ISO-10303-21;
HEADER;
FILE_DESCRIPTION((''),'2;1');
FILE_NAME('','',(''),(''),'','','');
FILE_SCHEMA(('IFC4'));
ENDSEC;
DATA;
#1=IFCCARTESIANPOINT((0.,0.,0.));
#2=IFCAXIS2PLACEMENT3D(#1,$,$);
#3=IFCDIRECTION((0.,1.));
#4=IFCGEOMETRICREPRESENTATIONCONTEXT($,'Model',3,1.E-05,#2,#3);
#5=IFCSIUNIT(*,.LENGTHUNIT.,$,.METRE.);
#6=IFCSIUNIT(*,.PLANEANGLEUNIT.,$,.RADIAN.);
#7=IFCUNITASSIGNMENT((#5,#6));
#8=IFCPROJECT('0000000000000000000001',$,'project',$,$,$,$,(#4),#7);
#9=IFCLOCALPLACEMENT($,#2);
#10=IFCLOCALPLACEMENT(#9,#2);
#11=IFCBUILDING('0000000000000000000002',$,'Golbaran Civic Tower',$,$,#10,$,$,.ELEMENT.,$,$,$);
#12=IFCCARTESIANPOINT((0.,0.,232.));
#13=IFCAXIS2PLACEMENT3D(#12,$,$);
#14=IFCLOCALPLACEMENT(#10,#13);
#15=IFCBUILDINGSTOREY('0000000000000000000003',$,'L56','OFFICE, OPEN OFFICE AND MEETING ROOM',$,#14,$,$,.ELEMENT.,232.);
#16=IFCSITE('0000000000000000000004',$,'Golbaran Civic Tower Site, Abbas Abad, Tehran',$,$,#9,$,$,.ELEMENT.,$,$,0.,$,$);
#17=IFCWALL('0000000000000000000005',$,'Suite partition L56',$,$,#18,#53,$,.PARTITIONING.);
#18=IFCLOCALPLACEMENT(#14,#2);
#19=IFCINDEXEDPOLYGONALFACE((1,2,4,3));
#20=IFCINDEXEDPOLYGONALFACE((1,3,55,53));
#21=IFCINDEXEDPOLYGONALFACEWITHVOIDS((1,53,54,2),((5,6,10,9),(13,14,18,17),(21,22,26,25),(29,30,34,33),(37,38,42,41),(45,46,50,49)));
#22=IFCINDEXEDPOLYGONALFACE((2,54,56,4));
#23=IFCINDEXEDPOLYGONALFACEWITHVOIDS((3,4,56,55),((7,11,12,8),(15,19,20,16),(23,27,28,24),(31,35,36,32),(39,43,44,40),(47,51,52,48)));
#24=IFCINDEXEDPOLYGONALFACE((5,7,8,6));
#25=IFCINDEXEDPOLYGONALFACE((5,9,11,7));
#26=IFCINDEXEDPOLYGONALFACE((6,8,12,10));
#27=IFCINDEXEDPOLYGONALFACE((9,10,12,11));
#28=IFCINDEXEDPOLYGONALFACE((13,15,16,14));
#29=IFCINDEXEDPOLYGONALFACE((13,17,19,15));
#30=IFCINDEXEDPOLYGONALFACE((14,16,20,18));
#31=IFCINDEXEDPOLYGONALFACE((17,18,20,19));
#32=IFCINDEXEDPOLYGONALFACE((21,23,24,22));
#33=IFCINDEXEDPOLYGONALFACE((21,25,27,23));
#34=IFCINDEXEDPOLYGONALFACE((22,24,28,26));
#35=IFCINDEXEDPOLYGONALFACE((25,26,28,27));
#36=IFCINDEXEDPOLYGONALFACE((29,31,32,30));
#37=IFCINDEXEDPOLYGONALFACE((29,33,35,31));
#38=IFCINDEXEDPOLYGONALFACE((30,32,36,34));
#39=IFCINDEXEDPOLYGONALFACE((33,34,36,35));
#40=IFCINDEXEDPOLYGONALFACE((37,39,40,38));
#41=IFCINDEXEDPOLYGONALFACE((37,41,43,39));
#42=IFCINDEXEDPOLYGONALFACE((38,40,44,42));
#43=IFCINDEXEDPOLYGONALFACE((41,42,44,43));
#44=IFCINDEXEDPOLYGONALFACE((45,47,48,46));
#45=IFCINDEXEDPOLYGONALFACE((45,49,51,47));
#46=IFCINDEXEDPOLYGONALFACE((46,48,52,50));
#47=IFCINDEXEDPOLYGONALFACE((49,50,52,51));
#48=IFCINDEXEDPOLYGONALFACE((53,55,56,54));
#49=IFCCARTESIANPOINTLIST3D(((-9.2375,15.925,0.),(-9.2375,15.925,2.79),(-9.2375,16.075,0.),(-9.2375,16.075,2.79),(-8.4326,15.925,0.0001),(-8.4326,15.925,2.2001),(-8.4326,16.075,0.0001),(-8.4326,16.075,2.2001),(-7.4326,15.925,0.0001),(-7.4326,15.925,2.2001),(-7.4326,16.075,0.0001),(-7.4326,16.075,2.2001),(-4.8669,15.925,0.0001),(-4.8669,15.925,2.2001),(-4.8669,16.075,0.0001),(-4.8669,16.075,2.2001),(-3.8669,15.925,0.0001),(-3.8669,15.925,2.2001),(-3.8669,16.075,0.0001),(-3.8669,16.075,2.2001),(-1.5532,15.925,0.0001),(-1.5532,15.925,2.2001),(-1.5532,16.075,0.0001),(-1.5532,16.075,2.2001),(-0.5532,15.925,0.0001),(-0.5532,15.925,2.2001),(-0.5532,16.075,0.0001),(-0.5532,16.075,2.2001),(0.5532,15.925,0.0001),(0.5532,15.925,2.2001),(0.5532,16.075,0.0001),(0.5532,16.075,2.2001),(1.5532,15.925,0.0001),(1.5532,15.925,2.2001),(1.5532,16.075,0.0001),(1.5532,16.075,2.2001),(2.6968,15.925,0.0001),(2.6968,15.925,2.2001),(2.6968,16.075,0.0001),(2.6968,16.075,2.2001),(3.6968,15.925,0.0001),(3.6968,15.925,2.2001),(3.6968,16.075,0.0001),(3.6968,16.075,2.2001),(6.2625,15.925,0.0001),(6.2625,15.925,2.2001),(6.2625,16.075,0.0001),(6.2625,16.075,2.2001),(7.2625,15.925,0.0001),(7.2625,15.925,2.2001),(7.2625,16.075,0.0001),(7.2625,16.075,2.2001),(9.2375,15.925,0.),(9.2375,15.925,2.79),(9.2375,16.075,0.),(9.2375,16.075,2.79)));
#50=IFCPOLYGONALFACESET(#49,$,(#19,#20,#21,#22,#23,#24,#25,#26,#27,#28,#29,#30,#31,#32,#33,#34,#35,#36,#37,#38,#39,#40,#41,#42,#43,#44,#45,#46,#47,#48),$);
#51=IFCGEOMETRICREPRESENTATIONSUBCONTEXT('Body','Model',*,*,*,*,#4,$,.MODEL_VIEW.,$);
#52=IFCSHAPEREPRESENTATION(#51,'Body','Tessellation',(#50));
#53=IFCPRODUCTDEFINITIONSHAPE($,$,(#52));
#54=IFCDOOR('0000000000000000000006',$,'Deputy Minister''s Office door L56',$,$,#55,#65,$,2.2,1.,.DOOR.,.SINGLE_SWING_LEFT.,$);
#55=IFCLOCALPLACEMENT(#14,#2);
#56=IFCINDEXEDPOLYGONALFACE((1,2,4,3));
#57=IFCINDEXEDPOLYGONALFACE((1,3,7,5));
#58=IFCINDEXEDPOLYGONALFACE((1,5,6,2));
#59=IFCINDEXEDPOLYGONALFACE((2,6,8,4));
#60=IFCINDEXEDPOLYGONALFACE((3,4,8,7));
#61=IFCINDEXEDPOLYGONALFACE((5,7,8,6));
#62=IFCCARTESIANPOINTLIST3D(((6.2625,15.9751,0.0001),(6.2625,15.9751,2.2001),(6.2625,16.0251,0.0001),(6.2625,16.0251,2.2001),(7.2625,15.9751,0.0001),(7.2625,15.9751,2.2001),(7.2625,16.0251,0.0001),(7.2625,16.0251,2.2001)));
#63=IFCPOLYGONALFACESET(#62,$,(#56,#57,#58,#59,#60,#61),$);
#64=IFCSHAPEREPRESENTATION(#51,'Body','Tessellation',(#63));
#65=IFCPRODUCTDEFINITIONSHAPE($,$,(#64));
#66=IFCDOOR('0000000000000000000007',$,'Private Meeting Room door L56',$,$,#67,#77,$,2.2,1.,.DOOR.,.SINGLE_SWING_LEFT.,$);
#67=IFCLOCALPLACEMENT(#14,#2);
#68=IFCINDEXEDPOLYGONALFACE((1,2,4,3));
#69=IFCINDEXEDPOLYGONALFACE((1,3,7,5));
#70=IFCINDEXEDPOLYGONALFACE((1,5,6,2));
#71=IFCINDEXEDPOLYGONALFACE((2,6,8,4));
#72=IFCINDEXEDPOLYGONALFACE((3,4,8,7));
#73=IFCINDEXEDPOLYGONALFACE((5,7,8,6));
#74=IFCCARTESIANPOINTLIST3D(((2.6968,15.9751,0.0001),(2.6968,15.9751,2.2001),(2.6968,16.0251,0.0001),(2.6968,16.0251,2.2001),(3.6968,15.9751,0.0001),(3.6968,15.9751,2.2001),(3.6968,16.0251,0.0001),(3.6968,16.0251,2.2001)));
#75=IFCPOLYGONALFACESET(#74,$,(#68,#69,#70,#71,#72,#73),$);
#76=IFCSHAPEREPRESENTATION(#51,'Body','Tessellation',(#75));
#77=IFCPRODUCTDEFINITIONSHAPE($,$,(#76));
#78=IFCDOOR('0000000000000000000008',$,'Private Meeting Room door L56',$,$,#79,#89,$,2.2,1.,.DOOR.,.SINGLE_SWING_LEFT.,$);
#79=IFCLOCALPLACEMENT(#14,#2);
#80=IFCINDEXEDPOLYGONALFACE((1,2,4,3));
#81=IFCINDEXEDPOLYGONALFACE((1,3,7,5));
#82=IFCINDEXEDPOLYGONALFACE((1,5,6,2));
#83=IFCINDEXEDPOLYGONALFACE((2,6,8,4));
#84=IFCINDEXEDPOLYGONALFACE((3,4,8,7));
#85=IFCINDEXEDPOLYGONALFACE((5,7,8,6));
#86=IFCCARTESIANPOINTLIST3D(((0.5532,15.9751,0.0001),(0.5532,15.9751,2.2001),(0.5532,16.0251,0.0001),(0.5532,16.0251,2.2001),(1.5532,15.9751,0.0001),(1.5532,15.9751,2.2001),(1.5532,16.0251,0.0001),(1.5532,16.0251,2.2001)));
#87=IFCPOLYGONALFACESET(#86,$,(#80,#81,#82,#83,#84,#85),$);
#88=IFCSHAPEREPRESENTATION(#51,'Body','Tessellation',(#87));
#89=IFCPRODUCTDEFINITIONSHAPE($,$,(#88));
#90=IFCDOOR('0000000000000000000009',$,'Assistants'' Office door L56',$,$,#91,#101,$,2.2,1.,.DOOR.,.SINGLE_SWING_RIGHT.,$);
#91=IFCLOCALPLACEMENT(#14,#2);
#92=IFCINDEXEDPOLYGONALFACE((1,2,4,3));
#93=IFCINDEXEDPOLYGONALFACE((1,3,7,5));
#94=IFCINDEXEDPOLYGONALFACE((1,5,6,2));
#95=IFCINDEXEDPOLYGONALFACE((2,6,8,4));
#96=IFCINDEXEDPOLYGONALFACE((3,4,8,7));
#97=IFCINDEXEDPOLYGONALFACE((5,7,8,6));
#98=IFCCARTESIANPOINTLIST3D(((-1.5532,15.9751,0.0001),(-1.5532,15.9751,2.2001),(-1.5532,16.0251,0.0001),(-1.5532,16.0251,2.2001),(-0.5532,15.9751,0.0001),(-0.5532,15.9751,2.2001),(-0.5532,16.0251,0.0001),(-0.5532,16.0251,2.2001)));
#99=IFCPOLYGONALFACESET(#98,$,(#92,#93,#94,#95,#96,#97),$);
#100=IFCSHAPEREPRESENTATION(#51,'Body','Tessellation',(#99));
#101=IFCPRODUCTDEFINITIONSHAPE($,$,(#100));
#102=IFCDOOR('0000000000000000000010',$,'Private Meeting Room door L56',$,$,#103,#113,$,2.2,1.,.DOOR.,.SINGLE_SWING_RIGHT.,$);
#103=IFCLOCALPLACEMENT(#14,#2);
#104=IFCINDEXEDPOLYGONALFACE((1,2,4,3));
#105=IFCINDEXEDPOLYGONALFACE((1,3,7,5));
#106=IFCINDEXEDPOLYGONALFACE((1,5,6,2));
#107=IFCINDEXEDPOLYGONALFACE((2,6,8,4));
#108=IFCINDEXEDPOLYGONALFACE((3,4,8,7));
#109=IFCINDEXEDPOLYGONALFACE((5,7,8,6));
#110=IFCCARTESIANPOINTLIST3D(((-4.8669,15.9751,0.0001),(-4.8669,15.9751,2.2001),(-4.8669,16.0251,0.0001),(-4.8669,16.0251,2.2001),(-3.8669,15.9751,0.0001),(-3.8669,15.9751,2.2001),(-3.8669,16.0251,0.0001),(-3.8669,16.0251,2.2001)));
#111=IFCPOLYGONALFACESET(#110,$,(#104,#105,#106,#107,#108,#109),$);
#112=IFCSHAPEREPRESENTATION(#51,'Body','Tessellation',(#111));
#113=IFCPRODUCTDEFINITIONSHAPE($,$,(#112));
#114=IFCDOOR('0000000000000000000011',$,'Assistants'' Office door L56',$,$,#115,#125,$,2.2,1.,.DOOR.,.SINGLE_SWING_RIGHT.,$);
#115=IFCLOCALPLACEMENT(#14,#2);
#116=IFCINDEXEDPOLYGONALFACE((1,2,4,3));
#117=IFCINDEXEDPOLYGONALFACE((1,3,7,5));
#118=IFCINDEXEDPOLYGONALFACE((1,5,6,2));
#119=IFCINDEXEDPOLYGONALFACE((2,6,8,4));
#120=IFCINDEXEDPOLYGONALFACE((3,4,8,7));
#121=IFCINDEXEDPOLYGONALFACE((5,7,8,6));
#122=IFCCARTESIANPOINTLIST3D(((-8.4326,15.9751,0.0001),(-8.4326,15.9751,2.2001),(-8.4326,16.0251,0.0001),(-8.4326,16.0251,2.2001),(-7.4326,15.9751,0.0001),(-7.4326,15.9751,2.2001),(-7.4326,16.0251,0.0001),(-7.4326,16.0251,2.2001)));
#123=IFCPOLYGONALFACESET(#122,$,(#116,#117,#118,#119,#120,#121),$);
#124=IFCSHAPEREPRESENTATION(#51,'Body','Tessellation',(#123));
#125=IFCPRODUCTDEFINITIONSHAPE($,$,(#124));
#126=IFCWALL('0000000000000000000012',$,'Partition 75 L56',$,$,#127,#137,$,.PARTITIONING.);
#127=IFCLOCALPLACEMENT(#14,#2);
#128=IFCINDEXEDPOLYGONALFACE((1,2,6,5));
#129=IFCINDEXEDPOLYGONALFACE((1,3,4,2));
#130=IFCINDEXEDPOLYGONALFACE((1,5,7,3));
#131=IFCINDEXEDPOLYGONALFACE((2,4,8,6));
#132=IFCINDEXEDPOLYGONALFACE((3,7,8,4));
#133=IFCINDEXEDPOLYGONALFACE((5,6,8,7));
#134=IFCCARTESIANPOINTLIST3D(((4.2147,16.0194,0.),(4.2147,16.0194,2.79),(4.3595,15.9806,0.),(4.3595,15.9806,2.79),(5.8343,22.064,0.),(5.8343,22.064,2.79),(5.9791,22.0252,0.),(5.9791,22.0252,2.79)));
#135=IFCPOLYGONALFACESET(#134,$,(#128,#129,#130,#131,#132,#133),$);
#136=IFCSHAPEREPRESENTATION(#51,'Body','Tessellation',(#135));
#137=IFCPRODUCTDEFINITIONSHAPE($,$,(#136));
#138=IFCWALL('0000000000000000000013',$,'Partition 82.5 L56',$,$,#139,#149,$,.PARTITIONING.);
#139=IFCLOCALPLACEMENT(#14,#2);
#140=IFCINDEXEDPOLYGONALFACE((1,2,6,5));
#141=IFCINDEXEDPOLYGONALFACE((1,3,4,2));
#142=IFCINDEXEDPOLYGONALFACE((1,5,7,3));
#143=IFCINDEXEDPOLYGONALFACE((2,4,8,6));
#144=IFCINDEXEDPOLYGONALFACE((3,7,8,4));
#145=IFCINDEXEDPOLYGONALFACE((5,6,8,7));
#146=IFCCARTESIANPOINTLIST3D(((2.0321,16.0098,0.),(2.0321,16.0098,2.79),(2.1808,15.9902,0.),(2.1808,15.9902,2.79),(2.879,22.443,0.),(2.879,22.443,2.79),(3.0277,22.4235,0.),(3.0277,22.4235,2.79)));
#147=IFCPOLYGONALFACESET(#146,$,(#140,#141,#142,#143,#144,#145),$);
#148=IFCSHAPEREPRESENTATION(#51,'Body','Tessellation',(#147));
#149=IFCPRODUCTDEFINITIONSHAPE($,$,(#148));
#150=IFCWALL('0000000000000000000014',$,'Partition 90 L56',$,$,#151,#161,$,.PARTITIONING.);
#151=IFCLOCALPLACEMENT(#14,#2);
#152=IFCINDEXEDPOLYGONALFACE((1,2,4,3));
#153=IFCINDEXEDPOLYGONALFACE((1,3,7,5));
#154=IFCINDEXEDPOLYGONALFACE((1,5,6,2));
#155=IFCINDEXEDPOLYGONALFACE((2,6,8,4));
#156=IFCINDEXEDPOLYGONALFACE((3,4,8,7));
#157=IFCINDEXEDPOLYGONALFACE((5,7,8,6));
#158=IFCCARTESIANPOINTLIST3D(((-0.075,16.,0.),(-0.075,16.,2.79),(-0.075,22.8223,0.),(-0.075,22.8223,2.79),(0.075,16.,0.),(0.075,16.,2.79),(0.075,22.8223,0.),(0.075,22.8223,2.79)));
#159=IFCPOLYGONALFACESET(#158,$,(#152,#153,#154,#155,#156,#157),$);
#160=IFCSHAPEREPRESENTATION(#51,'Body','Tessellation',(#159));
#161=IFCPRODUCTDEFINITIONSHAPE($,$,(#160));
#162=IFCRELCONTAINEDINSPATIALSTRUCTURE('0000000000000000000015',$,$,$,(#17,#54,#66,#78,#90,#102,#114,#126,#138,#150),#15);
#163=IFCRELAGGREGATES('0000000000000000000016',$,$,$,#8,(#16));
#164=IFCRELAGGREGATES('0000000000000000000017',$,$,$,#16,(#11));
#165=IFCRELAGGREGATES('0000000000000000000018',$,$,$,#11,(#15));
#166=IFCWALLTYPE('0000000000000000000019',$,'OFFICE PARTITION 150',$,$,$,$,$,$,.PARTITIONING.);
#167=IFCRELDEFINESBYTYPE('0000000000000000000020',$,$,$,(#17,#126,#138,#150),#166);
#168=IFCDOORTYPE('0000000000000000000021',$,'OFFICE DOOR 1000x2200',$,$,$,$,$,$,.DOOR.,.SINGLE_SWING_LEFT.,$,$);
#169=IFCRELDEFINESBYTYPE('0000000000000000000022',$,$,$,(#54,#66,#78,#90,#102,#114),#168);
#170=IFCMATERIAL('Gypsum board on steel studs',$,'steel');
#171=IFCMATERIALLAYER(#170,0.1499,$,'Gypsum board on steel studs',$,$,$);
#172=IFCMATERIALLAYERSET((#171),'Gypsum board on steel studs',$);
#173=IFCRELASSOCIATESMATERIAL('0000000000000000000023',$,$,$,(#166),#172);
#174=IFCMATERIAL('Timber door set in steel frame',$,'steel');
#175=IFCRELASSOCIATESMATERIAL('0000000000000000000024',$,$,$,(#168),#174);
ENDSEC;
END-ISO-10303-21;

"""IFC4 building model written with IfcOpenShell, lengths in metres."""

from ifc_helpers import new_model, si_unit, direction, frame, frame_2d, origin, place, context, subcontext, project, spatial, rectangle, extrude, material, layer, layer_set, type_object, element, fill, save


model = new_model("IFC4")

# Units and contexts
model_context = context("Model", 3, precision=1e-05, world=origin(), true_north=direction((0.0, 1.0)))
body_context = subcontext(model_context, "Body", "Model", "MODEL_VIEW")
ifc_project = project(units=[si_unit("LENGTHUNIT", "METRE"), si_unit("PLANEANGLEUNIT", "RADIAN")], contexts=[model_context])

# Site, building, storey
site_placement = place(None, origin())
site = spatial("IfcSite", under=ifc_project, at=site_placement, Name="Golbaran Civic Tower Site, Abbas Abad, Tehran", CompositionType="ELEMENT", RefElevation=0.0)
building_placement = place(site_placement, origin())
building = spatial("IfcBuilding", under=site, at=building_placement, Name="Golbaran Civic Tower", CompositionType="ELEMENT")
storey_placement = place(building_placement, frame((0.0, 0.0, 232.0)))
storey = spatial("IfcBuildingStorey", under=building, at=storey_placement, Name="L56", Description="OFFICE, OPEN OFFICE AND MEETING ROOM", CompositionType="ELEMENT", Elevation=232.0)

# Wall, openings, doors
ifc_material_1 = material(Name="Gypsum board on steel studs", Category="steel")
ifc_layer_1 = layer(ifc_material_1, 0.1499, Name="Gypsum board on steel studs")
ifc_layer_set_1 = layer_set([ifc_layer_1], Name="Gypsum board on steel studs")
wall_type = type_object("IfcWallType", Name="OFFICE PARTITION 150", PredefinedType="PARTITIONING", material=ifc_layer_set_1)
wall_1_placement = place(storey_placement, frame((9.2375, 16.0, 0.0), z_axis=(0.0, 0.0, 1.0), x_axis=(-1.0, 0.0, 0.0)))
wall_1 = element("IfcWall", 1, at=wall_1_placement, inside=storey, type_object=wall_type, Name="Suite partition L56", PredefinedType="PARTITIONING", context=body_context, shape_type="SweptSolid", body=[
    extrude(rectangle(XDim=18.4751, YDim=0.1499, at=frame_2d((9.2375, 0.0))), origin(), (0.0, 0.0, 1.0), 2.79),
])
opening_1_placement = place(wall_1_placement, frame((1.9751, 0.0, 0.0)))
opening_1 = element("IfcOpeningElement", 2, at=opening_1_placement, cuts=wall_1, PredefinedType="OPENING", context=body_context, shape_type="SweptSolid", body=[
    extrude(rectangle(XDim=1.0, YDim=2.2, at=frame_2d((0.5, 1.1001))), frame((0.0, 0.085, 0.0), z_axis=(0.0, -1.0, 0.0), x_axis=(1.0, 0.0, 0.0)), (0.0, 0.0, 1.0), 0.1699),
])
opening_2_placement = place(wall_1_placement, frame((5.5408, 0.0, 0.0)))
opening_2 = element("IfcOpeningElement", 3, at=opening_2_placement, cuts=wall_1, PredefinedType="OPENING", context=body_context, shape_type="SweptSolid", body=[
    extrude(rectangle(XDim=1.0, YDim=2.2, at=frame_2d((0.5, 1.1001))), frame((0.0, 0.085, 0.0), z_axis=(0.0, -1.0, 0.0), x_axis=(1.0, 0.0, 0.0)), (0.0, 0.0, 1.0), 0.1699),
])
opening_3_placement = place(wall_1_placement, frame((7.6843, 0.0, 0.0)))
opening_3 = element("IfcOpeningElement", 4, at=opening_3_placement, cuts=wall_1, PredefinedType="OPENING", context=body_context, shape_type="SweptSolid", body=[
    extrude(rectangle(XDim=1.0, YDim=2.2, at=frame_2d((0.5, 1.1001))), frame((0.0, 0.085, 0.0), z_axis=(0.0, -1.0, 0.0), x_axis=(1.0, 0.0, 0.0)), (0.0, 0.0, 1.0), 0.1699),
])
opening_4_placement = place(wall_1_placement, frame((9.7908, 0.0, 0.0)))
opening_4 = element("IfcOpeningElement", 5, at=opening_4_placement, cuts=wall_1, PredefinedType="OPENING", context=body_context, shape_type="SweptSolid", body=[
    extrude(rectangle(XDim=1.0, YDim=2.2, at=frame_2d((0.5, 1.1001))), frame((0.0, 0.085, 0.0), z_axis=(0.0, -1.0, 0.0), x_axis=(1.0, 0.0, 0.0)), (0.0, 0.0, 1.0), 0.1699),
])
opening_5_placement = place(wall_1_placement, frame((13.1045, 0.0, 0.0)))
opening_5 = element("IfcOpeningElement", 6, at=opening_5_placement, cuts=wall_1, PredefinedType="OPENING", context=body_context, shape_type="SweptSolid", body=[
    extrude(rectangle(XDim=1.0, YDim=2.2, at=frame_2d((0.5, 1.1001))), frame((0.0, 0.085, 0.0), z_axis=(0.0, -1.0, 0.0), x_axis=(1.0, 0.0, 0.0)), (0.0, 0.0, 1.0), 0.1699),
])
opening_6_placement = place(wall_1_placement, frame((16.6702, 0.0, 0.0)))
opening_6 = element("IfcOpeningElement", 7, at=opening_6_placement, cuts=wall_1, PredefinedType="OPENING", context=body_context, shape_type="SweptSolid", body=[
    extrude(rectangle(XDim=1.0, YDim=2.2, at=frame_2d((0.5, 1.1001))), frame((0.0, 0.085, 0.0), z_axis=(0.0, -1.0, 0.0), x_axis=(1.0, 0.0, 0.0)), (0.0, 0.0, 1.0), 0.1699),
])
ifc_material_2 = material(Name="Timber door set in steel frame", Category="steel")
door_type = type_object("IfcDoorType", Name="OFFICE DOOR 1000x2200", OperationType="SINGLE_SWING_LEFT", PredefinedType="DOOR", material=ifc_material_2)
door_1_placement = place(opening_1_placement, origin())
door_1 = element("IfcDoor", 8, at=door_1_placement, inside=storey, type_object=door_type, Name="Deputy Minister's Office door L56", OperationType="SINGLE_SWING_LEFT", OverallHeight=2.2, OverallWidth=1.0, PredefinedType="DOOR", context=body_context, shape_type="SweptSolid", body=[
    extrude(rectangle(XDim=1.0, YDim=2.2, at=frame_2d((0.5, 1.1001))), frame((0.0, 0.0249, 0.0), z_axis=(0.0, -1.0, 0.0), x_axis=(1.0, 0.0, 0.0)), (0.0, 0.0, 1.0), 0.05),
])
fill(opening_1, door_1)
door_2_placement = place(opening_2_placement, origin())
door_2 = element("IfcDoor", 9, at=door_2_placement, inside=storey, type_object=door_type, Name="Private Meeting Room door L56", OperationType="SINGLE_SWING_LEFT", OverallHeight=2.2, OverallWidth=1.0, PredefinedType="DOOR", context=body_context, shape_type="SweptSolid", body=[
    extrude(rectangle(XDim=1.0, YDim=2.2, at=frame_2d((0.5, 1.1001))), frame((0.0, 0.0249, 0.0), z_axis=(0.0, -1.0, 0.0), x_axis=(1.0, 0.0, 0.0)), (0.0, 0.0, 1.0), 0.05),
])
fill(opening_2, door_2)
door_3_placement = place(opening_3_placement, origin())
door_3 = element("IfcDoor", 10, at=door_3_placement, inside=storey, type_object=door_type, Name="Private Meeting Room door L56", OperationType="SINGLE_SWING_LEFT", OverallHeight=2.2, OverallWidth=1.0, PredefinedType="DOOR", context=body_context, shape_type="SweptSolid", body=[
    extrude(rectangle(XDim=1.0, YDim=2.2, at=frame_2d((0.5, 1.1001))), frame((0.0, 0.0249, 0.0), z_axis=(0.0, -1.0, 0.0), x_axis=(1.0, 0.0, 0.0)), (0.0, 0.0, 1.0), 0.05),
])
fill(opening_3, door_3)
door_4_placement = place(opening_4_placement, origin())
door_4 = element("IfcDoor", 11, at=door_4_placement, inside=storey, type_object=door_type, Name="Assistants' Office door L56", OperationType="SINGLE_SWING_RIGHT", OverallHeight=2.2, OverallWidth=1.0, PredefinedType="DOOR", context=body_context, shape_type="SweptSolid", body=[
    extrude(rectangle(XDim=1.0, YDim=2.2, at=frame_2d((0.5, 1.1001))), frame((0.0, 0.0249, 0.0), z_axis=(0.0, -1.0, 0.0), x_axis=(1.0, 0.0, 0.0)), (0.0, 0.0, 1.0), 0.05),
])
fill(opening_4, door_4)
door_5_placement = place(opening_5_placement, origin())
door_5 = element("IfcDoor", 12, at=door_5_placement, inside=storey, type_object=door_type, Name="Private Meeting Room door L56", OperationType="SINGLE_SWING_RIGHT", OverallHeight=2.2, OverallWidth=1.0, PredefinedType="DOOR", context=body_context, shape_type="SweptSolid", body=[
    extrude(rectangle(XDim=1.0, YDim=2.2, at=frame_2d((0.5, 1.1001))), frame((0.0, 0.0249, 0.0), z_axis=(0.0, -1.0, 0.0), x_axis=(1.0, 0.0, 0.0)), (0.0, 0.0, 1.0), 0.05),
])
fill(opening_5, door_5)
door_6_placement = place(opening_6_placement, origin())
door_6 = element("IfcDoor", 13, at=door_6_placement, inside=storey, type_object=door_type, Name="Assistants' Office door L56", OperationType="SINGLE_SWING_RIGHT", OverallHeight=2.2, OverallWidth=1.0, PredefinedType="DOOR", context=body_context, shape_type="SweptSolid", body=[
    extrude(rectangle(XDim=1.0, YDim=2.2, at=frame_2d((0.5, 1.1001))), frame((0.0, 0.0249, 0.0), z_axis=(0.0, -1.0, 0.0), x_axis=(1.0, 0.0, 0.0)), (0.0, 0.0, 1.0), 0.05),
])
fill(opening_6, door_6)

# Walls
wall_2_placement = place(storey_placement, frame((4.2871, 16.0, 0.0), z_axis=(0.0, 0.0, 1.0), x_axis=(0.258813, 0.965927, 0.0)))
element("IfcWall", 14, at=wall_2_placement, inside=storey, type_object=wall_type, Name="Partition 75 L56", PredefinedType="PARTITIONING", context=body_context, shape_type="SweptSolid", body=[
    extrude(rectangle(XDim=6.2578, YDim=0.1499, at=frame_2d((3.1289, 0.0))), origin(), (0.0, 0.0, 1.0), 2.79),
])
wall_3_placement = place(storey_placement, frame((2.1064, 16.0, 0.0), z_axis=(0.0, 0.0, 1.0), x_axis=(0.13052, 0.991446, 0.0)))
element("IfcWall", 15, at=wall_3_placement, inside=storey, type_object=wall_type, Name="Partition 82.5 L56", PredefinedType="PARTITIONING", context=body_context, shape_type="SweptSolid", body=[
    extrude(rectangle(XDim=6.4888, YDim=0.1499, at=frame_2d((3.2444, 0.0))), origin(), (0.0, 0.0, 1.0), 2.79),
])
wall_4_placement = place(storey_placement, frame((0.0, 16.0, 0.0), z_axis=(0.0, 0.0, 1.0), x_axis=(0.0, 1.0, 0.0)))
element("IfcWall", 16, at=wall_4_placement, inside=storey, type_object=wall_type, Name="Partition 90 L56", PredefinedType="PARTITIONING", context=body_context, shape_type="SweptSolid", body=[
    extrude(rectangle(XDim=6.8223, YDim=0.1499, at=frame_2d((3.4111, 0.0))), origin(), (0.0, 0.0, 1.0), 2.79),
])

save(model, "model.ifc")
